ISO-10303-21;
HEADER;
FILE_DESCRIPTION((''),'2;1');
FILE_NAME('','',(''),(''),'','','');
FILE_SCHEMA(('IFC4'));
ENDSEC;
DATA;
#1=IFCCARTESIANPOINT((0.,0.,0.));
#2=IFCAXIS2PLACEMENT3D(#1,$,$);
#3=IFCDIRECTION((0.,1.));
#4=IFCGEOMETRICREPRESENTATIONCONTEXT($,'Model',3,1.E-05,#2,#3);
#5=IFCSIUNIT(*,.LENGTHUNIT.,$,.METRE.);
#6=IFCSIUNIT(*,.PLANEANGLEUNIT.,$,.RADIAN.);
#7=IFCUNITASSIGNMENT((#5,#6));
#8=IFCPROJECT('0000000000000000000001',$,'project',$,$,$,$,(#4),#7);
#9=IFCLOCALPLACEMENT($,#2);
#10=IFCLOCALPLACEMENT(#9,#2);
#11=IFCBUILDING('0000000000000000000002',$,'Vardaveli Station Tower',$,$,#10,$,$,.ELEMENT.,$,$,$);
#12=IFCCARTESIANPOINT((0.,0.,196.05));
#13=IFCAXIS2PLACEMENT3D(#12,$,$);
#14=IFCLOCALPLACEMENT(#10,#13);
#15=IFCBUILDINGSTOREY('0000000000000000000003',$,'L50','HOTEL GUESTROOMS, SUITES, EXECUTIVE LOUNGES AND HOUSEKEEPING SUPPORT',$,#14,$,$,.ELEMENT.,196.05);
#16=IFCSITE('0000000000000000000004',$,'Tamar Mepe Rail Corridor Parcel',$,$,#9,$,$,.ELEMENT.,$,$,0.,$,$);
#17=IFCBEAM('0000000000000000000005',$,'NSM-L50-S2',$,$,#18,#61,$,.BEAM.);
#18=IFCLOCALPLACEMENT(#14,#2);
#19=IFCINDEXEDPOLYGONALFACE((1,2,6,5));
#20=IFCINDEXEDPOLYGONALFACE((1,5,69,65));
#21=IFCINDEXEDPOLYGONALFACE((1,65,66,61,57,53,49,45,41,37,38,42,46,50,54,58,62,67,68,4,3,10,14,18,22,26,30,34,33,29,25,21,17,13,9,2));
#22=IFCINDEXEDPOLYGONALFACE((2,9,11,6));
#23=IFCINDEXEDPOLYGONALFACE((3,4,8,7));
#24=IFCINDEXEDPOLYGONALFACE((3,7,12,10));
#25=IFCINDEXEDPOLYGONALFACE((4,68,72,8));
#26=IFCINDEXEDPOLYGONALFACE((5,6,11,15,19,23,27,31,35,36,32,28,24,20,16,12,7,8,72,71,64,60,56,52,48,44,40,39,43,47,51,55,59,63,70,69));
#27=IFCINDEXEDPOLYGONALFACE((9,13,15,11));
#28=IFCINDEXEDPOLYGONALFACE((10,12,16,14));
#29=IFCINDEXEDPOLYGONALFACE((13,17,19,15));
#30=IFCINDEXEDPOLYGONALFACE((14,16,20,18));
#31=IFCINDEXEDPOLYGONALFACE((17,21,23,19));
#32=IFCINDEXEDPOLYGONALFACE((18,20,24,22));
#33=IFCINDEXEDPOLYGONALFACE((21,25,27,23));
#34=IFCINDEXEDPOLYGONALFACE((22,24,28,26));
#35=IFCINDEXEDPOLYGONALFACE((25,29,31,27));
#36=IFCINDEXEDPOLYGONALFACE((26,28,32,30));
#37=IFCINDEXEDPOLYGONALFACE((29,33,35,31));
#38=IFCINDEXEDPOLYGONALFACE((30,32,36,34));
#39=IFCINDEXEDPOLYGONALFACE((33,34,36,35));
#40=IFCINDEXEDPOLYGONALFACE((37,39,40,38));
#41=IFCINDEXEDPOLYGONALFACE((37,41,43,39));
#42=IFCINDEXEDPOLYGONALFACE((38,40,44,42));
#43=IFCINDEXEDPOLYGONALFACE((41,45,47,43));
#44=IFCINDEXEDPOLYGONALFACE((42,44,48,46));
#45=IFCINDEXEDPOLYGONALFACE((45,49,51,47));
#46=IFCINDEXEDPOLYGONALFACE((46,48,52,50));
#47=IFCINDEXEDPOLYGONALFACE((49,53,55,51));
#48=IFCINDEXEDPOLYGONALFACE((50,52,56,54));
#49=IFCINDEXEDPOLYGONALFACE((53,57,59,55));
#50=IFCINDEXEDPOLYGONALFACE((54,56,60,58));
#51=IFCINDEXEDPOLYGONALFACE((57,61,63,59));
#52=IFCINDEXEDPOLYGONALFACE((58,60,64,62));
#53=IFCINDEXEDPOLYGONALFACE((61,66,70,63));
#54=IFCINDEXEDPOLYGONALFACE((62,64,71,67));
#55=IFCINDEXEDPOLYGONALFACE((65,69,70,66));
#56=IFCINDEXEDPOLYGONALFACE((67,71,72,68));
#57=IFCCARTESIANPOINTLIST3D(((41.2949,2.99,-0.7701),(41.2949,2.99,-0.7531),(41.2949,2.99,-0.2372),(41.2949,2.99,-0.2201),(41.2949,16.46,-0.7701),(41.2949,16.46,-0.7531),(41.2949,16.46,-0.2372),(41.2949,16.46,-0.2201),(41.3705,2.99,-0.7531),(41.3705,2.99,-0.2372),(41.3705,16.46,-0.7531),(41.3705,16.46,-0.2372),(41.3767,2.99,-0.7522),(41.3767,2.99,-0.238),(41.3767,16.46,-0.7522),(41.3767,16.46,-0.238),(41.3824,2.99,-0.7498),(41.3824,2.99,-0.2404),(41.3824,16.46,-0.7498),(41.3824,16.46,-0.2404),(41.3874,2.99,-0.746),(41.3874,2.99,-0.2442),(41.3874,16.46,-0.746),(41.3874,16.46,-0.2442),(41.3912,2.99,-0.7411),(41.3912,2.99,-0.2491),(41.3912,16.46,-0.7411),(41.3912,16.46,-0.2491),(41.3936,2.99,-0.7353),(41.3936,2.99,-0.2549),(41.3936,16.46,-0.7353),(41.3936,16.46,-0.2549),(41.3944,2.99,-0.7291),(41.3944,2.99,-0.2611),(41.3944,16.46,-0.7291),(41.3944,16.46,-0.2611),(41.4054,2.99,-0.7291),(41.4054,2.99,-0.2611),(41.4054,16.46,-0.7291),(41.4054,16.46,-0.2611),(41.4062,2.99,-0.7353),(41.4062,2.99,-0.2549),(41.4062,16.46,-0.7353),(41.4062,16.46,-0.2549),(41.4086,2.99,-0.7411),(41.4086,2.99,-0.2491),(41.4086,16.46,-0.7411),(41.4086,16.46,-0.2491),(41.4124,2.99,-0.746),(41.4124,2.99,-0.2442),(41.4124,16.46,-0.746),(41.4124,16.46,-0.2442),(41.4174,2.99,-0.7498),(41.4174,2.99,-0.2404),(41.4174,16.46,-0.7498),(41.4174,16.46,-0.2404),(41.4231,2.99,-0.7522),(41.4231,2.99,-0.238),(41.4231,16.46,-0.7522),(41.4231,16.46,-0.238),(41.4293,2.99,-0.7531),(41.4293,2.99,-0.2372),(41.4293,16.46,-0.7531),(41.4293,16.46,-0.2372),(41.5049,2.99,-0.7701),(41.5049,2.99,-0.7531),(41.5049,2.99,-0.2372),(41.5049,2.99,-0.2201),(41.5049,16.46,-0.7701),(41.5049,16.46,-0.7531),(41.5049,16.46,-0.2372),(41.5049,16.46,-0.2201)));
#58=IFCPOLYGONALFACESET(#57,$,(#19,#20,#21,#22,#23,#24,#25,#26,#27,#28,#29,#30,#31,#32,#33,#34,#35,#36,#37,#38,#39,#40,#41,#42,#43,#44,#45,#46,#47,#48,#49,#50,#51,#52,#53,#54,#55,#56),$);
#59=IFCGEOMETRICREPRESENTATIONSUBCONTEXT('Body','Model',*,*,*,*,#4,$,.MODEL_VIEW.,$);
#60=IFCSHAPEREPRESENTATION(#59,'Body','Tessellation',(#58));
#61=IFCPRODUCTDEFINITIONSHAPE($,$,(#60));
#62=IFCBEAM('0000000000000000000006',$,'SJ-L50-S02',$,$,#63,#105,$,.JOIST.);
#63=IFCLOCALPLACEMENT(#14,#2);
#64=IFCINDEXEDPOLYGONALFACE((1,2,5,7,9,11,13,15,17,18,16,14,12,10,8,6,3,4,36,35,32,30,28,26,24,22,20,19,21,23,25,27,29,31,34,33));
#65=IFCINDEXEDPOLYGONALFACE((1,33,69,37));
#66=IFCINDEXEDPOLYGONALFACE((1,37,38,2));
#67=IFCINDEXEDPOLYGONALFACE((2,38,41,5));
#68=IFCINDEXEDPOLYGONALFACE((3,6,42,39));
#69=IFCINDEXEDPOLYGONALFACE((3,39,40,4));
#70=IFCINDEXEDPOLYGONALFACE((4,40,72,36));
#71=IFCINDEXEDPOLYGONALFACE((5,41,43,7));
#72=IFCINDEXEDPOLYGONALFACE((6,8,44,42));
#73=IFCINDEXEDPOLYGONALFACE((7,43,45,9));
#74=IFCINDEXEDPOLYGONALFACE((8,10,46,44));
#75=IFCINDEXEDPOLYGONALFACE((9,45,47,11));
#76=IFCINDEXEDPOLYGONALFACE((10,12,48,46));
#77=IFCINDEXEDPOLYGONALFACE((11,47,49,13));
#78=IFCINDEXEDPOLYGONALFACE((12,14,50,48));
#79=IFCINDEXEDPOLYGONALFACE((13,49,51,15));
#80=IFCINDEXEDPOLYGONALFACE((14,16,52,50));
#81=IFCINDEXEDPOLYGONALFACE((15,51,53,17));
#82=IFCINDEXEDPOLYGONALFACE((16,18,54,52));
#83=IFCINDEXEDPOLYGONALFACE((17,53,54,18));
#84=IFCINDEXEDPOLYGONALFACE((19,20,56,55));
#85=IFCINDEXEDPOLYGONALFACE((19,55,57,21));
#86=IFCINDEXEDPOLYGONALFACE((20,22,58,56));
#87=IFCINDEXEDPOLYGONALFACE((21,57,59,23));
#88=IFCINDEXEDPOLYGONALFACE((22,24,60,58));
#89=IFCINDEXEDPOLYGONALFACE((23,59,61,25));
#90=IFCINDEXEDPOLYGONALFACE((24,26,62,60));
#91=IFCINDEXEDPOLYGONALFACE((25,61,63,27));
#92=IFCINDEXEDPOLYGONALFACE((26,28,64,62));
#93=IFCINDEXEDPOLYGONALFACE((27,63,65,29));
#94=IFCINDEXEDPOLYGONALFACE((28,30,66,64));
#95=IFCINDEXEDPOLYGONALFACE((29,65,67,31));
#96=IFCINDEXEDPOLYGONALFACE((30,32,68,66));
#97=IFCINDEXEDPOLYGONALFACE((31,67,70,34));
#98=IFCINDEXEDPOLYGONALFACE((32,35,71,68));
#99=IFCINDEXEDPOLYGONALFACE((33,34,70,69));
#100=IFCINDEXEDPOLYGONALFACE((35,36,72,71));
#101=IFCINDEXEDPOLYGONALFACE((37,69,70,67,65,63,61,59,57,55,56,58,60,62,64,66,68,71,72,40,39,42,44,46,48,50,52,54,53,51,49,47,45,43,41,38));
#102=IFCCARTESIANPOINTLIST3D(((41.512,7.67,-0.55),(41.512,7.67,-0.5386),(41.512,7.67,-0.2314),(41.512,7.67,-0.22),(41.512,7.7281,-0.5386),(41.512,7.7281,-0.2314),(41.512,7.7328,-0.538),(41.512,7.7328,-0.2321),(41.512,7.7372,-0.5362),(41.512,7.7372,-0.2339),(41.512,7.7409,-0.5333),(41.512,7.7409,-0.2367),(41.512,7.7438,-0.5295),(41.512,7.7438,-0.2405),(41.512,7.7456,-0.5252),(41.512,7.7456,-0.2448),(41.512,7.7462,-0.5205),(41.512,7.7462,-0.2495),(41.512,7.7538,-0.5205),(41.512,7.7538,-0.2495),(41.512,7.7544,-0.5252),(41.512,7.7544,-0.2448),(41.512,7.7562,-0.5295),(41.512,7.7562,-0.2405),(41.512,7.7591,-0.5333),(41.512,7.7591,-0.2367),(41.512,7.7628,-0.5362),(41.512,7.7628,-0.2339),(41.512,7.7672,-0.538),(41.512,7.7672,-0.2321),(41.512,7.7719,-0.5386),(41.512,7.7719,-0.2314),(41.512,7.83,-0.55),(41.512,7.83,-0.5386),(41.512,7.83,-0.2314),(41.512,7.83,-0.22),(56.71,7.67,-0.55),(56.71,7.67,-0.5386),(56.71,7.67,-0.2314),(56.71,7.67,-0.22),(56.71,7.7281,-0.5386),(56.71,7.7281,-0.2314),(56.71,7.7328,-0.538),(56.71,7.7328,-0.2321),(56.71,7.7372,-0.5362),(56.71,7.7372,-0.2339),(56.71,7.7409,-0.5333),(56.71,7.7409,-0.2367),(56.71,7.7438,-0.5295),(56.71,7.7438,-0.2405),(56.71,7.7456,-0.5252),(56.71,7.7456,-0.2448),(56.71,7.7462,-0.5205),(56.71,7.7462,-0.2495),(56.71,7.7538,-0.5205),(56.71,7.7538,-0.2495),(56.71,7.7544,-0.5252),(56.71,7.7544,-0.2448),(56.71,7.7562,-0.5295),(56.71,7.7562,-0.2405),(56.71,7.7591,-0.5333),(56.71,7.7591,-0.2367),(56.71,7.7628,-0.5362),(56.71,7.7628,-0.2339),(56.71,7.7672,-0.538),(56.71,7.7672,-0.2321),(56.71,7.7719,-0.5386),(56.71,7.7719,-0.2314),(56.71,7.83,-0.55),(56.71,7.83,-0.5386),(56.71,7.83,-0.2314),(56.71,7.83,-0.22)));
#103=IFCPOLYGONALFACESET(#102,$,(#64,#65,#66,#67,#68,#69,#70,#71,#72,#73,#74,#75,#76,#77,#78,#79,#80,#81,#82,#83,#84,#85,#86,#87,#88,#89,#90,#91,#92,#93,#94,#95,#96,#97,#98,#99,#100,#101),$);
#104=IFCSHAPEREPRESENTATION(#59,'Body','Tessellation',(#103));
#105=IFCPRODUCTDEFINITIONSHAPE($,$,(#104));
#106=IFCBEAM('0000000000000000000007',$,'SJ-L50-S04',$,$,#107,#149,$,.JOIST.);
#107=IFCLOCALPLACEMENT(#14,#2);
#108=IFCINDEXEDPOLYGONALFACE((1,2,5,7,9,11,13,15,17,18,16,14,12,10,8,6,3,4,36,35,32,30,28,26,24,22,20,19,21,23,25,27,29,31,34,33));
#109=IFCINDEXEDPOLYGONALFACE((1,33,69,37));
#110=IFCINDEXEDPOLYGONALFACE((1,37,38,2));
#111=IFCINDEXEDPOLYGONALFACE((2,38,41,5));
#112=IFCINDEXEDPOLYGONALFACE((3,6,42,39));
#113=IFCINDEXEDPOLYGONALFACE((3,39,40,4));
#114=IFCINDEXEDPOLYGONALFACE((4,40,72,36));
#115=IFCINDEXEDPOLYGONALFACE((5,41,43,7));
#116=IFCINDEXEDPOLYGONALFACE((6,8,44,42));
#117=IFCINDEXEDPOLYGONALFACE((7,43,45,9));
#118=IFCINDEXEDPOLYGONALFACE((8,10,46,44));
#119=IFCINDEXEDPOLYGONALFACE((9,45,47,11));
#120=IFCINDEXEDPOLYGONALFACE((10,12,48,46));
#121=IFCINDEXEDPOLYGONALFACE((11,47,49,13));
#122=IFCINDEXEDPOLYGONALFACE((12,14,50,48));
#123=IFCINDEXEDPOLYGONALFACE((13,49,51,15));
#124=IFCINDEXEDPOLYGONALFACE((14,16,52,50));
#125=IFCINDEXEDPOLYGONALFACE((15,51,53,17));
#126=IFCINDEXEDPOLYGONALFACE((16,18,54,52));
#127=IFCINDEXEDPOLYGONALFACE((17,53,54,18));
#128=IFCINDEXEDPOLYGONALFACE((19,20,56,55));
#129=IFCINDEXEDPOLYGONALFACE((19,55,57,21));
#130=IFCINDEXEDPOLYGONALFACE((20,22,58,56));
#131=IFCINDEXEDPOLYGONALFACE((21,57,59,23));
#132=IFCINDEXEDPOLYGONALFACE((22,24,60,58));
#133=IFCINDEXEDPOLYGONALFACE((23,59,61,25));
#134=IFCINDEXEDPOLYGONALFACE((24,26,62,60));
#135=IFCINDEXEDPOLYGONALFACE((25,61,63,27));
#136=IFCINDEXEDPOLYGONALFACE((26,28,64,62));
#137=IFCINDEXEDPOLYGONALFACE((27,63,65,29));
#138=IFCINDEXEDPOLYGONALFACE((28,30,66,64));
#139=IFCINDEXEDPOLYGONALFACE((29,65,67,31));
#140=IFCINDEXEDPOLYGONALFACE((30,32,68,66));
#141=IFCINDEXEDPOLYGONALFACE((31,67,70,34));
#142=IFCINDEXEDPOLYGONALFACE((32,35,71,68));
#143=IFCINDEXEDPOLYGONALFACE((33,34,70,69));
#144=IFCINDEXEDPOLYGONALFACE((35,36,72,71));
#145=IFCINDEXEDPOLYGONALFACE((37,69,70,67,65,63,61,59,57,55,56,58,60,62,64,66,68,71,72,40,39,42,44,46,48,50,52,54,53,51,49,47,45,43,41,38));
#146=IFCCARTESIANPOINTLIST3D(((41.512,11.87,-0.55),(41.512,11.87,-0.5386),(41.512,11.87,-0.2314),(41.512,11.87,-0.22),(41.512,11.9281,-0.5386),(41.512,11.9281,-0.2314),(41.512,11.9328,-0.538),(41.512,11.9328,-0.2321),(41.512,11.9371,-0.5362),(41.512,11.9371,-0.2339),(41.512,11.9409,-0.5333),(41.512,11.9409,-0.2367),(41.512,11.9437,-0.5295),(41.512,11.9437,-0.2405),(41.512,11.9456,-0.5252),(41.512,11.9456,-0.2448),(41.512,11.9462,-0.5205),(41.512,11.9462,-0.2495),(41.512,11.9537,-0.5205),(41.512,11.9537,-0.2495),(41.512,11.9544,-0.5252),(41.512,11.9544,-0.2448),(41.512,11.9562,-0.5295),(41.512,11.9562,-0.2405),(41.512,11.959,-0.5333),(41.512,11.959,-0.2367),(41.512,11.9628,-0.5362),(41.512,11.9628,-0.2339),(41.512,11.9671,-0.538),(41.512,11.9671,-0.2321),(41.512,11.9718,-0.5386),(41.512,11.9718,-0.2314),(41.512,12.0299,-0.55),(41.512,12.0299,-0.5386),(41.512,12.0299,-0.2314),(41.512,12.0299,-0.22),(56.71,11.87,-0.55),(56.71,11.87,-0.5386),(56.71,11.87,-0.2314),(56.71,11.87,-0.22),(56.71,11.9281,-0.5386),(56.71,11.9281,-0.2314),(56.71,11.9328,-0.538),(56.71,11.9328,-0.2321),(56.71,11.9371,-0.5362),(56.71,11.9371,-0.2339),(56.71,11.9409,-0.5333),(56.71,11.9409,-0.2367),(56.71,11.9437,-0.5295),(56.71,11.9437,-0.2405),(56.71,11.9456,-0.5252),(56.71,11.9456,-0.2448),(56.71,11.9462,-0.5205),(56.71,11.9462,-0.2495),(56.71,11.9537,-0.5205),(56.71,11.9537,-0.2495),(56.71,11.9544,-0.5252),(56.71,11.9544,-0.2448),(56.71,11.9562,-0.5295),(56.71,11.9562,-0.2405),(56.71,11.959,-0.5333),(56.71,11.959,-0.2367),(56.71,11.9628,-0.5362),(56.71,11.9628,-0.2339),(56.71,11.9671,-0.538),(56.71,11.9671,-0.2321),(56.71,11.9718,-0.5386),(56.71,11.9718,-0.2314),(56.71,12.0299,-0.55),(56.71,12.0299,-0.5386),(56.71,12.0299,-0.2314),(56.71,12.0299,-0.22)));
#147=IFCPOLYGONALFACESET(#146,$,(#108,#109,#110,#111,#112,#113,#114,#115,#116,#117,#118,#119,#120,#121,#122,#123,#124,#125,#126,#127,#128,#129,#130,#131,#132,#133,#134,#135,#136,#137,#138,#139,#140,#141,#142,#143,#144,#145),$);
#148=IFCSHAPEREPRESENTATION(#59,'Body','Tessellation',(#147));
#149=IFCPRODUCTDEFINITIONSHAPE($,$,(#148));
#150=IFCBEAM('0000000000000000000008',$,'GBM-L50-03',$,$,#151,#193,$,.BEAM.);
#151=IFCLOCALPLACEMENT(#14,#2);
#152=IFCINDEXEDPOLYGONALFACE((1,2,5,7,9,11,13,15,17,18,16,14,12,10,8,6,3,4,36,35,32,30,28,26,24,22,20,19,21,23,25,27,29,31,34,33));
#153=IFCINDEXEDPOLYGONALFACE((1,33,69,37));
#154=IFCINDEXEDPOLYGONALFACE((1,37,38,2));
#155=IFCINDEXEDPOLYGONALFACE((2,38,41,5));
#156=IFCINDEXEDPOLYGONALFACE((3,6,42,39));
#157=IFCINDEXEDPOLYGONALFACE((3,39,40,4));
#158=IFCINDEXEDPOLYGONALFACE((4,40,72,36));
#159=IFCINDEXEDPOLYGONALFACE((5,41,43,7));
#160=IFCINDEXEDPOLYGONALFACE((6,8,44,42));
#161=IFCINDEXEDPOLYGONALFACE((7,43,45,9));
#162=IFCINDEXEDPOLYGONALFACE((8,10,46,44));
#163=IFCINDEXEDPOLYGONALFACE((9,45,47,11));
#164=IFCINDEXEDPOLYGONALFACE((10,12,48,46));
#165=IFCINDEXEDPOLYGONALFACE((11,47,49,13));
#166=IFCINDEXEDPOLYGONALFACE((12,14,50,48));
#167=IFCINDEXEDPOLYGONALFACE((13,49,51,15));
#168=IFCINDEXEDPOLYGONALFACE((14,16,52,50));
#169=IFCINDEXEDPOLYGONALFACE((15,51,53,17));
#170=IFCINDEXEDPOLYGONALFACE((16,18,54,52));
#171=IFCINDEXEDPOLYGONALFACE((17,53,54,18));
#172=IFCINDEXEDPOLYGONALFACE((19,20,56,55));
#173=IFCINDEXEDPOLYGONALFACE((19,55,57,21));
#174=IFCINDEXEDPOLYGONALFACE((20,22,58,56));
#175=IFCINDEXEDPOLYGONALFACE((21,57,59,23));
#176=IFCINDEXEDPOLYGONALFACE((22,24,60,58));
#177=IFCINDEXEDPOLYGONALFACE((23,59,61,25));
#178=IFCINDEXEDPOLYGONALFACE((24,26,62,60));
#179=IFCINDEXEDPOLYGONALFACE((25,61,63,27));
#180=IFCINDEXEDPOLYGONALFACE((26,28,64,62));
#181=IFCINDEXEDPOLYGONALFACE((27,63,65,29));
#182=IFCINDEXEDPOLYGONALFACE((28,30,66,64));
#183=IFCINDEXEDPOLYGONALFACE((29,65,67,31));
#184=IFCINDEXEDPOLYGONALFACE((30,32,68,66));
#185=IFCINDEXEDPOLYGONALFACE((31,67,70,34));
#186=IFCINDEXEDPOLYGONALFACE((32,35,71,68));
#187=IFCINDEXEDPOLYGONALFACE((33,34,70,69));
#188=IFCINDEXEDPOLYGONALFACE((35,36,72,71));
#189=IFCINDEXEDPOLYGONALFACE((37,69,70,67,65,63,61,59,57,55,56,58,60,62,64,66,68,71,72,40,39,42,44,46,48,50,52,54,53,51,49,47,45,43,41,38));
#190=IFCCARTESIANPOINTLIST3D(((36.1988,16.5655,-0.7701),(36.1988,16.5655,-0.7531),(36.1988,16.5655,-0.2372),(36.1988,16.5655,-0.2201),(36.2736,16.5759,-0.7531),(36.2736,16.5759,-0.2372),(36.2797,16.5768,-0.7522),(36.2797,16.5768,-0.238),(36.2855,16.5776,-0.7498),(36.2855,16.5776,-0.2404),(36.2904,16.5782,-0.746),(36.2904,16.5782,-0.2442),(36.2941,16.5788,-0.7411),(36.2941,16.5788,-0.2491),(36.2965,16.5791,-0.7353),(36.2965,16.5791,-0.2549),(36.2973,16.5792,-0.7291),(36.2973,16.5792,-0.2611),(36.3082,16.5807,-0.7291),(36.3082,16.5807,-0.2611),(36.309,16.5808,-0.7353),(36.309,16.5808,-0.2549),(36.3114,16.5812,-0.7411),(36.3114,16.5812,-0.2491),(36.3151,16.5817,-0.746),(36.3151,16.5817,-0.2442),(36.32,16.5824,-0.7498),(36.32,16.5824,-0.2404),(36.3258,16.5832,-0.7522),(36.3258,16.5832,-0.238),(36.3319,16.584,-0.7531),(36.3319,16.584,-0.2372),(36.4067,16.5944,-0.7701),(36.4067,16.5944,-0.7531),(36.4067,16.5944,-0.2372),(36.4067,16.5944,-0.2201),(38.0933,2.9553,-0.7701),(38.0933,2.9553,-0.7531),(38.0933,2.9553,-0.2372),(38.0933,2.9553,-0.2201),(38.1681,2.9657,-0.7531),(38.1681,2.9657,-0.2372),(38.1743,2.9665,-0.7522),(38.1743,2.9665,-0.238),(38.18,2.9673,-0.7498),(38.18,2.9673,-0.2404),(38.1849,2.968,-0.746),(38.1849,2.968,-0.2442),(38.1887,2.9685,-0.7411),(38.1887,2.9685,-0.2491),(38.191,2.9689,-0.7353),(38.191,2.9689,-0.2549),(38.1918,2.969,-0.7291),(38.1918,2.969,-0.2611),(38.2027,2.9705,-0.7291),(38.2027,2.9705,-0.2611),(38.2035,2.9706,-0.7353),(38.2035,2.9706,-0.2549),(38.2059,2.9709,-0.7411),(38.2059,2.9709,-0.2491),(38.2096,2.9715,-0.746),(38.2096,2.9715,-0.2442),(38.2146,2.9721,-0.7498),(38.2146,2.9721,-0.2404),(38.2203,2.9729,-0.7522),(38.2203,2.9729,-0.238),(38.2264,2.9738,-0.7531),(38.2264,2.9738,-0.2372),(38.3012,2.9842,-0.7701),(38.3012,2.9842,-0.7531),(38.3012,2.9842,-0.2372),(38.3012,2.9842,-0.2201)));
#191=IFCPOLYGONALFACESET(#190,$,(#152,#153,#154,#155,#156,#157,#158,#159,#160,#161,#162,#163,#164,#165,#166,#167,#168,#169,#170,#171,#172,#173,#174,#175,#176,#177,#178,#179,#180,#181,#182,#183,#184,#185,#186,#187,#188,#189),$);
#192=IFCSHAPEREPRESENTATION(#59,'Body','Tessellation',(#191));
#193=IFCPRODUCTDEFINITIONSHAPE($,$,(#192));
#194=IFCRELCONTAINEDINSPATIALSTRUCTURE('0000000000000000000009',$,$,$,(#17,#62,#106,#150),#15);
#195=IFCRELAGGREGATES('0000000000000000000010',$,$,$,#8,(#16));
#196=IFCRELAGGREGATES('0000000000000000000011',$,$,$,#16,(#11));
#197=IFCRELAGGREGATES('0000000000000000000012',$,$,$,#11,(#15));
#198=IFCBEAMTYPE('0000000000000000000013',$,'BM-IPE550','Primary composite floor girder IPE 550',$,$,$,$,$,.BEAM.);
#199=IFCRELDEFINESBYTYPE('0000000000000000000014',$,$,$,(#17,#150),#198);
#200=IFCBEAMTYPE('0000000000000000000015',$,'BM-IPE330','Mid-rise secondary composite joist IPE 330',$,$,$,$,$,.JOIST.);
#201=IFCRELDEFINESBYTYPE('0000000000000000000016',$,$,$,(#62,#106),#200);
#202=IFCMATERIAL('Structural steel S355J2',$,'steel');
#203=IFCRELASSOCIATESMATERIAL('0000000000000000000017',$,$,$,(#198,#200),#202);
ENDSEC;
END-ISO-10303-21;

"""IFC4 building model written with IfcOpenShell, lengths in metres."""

from ifc_helpers import new_model, si_unit, direction, frame, origin, origin_2d, place, context, subcontext, project, spatial, i_section, extrude, source, transform, mapped, material, material_profile, profile_set, type_object, element, save


model = new_model("IFC4")

# Units and contexts
model_context = context("Model", 3, precision=1e-05, world=origin(), true_north=direction((0.0, 1.0)))
body_context = subcontext(model_context, "Body", "Model", "MODEL_VIEW")
ifc_project = project(units=[si_unit("LENGTHUNIT", "METRE"), si_unit("PLANEANGLEUNIT", "RADIAN")], contexts=[model_context])

# Site, building, storey
site_placement = place(None, origin())
site = spatial("IfcSite", under=ifc_project, at=site_placement, Name="Tamar Mepe Rail Corridor Parcel", CompositionType="ELEMENT", RefElevation=0.0)
building_placement = place(site_placement, origin())
building = spatial("IfcBuilding", under=site, at=building_placement, Name="Vardaveli Station Tower", CompositionType="ELEMENT")
storey_placement = place(building_placement, frame((0.0, 0.0, 196.05)))
storey = spatial("IfcBuildingStorey", under=building, at=storey_placement, Name="L50", Description="HOTEL GUESTROOMS, SUITES, EXECUTIVE LOUNGES AND HOUSEKEEPING SUPPORT", CompositionType="ELEMENT", Elevation=196.05)

# Beams
ifc_material_1 = material(Name="Structural steel S355J2", Category="steel")
ifc_material_profile_1 = material_profile(ifc_material_1, i_section(OverallWidth=0.21, OverallDepth=0.55, WebThickness=0.011, FlangeThickness=0.0171, FilletRadius=0.0239, at=origin_2d()), Name="IPE 550")
ifc_profile_set_1 = profile_set([ifc_material_profile_1], Name="Structural steel S355J2")
beam_type_1 = type_object("IfcBeamType", Name="BM-IPE550", Description="Primary composite floor girder IPE 550", PredefinedType="BEAM", material=ifc_profile_set_1)
shared_shape_1 = source(origin(), body_context, "Body", "SweptSolid", [
    extrude(i_section(OverallWidth=0.21, OverallDepth=0.55, WebThickness=0.011, FlangeThickness=0.0171, FilletRadius=0.0239, at=origin_2d()), origin(), (0.0, 0.0, 1.0), 13.47),
])
beam_1_placement = place(storey_placement, frame((41.3999, 2.99, -0.4951), z_axis=(0.0, 1.0, 0.0), x_axis=(-1.0, 0.0, 0.0)))
element("IfcBeam", 1, at=beam_1_placement, inside=storey, type_object=beam_type_1, Name="NSM-L50-S2", PredefinedType="BEAM", context=body_context, shape_type="MappedRepresentation", body=[
    mapped(shared_shape_1, transform((0.0, 0.0, 0.0), scale=1.0)),
])
ifc_material_profile_2 = material_profile(ifc_material_1, i_section(OverallWidth=0.1599, OverallDepth=0.3301, WebThickness=0.0076, FlangeThickness=0.0115, FilletRadius=0.0181, at=origin_2d()), Name="IPE 330")
ifc_profile_set_2 = profile_set([ifc_material_profile_2], Name="Structural steel S355J2")
beam_type_2 = type_object("IfcBeamType", Name="BM-IPE330", Description="Mid-rise secondary composite joist IPE 330", PredefinedType="JOIST", material=ifc_profile_set_2)
shared_shape_2 = source(origin(), body_context, "Body", "SweptSolid", [
    extrude(i_section(OverallWidth=0.1599, OverallDepth=0.3301, WebThickness=0.0076, FlangeThickness=0.0115, FilletRadius=0.0181, at=origin_2d()), origin(), (0.0, 0.0, 1.0), 15.198),
])
for number, where, z_axis, x_axis, name in (
    (2, (41.512, 7.75, -0.385), (1.0, 0.0, 0.0), (0.0, 1.0, 0.0), "SJ-L50-S02"),
    (3, (41.512, 11.95, -0.385), (1.0, 0.0, 0.0), (0.0, 1.0, 0.0), "SJ-L50-S04"),
):
    element("IfcBeam", number, at=place(storey_placement, frame(where, z_axis=z_axis, x_axis=x_axis)), inside=storey, type_object=beam_type_2, Name=name, PredefinedType="JOIST", context=body_context, shape_type="MappedRepresentation", body=[
        mapped(shared_shape_2, transform((0.0, 0.0, 0.0), scale=1.0)),
    ])
shared_shape_3 = source(origin(), body_context, "Body", "SweptSolid", [
    extrude(i_section(OverallWidth=0.21, OverallDepth=0.55, WebThickness=0.011, FlangeThickness=0.0171, FilletRadius=0.0239, at=origin_2d()), origin(), (0.0, 0.0, 1.0), 13.7415),
])
beam_2_placement = place(storey_placement, frame((38.1973, 2.9697, -0.4951), z_axis=(-0.137869, 0.990451, 0.0), x_axis=(-0.990451, -0.137869, 0.0)))
element("IfcBeam", 4, at=beam_2_placement, inside=storey, type_object=beam_type_1, Name="GBM-L50-03", PredefinedType="BEAM", context=body_context, shape_type="MappedRepresentation", body=[
    mapped(shared_shape_3, transform((0.0, 0.0, 0.0), scale=1.0)),
])

save(model, "model.ifc")
